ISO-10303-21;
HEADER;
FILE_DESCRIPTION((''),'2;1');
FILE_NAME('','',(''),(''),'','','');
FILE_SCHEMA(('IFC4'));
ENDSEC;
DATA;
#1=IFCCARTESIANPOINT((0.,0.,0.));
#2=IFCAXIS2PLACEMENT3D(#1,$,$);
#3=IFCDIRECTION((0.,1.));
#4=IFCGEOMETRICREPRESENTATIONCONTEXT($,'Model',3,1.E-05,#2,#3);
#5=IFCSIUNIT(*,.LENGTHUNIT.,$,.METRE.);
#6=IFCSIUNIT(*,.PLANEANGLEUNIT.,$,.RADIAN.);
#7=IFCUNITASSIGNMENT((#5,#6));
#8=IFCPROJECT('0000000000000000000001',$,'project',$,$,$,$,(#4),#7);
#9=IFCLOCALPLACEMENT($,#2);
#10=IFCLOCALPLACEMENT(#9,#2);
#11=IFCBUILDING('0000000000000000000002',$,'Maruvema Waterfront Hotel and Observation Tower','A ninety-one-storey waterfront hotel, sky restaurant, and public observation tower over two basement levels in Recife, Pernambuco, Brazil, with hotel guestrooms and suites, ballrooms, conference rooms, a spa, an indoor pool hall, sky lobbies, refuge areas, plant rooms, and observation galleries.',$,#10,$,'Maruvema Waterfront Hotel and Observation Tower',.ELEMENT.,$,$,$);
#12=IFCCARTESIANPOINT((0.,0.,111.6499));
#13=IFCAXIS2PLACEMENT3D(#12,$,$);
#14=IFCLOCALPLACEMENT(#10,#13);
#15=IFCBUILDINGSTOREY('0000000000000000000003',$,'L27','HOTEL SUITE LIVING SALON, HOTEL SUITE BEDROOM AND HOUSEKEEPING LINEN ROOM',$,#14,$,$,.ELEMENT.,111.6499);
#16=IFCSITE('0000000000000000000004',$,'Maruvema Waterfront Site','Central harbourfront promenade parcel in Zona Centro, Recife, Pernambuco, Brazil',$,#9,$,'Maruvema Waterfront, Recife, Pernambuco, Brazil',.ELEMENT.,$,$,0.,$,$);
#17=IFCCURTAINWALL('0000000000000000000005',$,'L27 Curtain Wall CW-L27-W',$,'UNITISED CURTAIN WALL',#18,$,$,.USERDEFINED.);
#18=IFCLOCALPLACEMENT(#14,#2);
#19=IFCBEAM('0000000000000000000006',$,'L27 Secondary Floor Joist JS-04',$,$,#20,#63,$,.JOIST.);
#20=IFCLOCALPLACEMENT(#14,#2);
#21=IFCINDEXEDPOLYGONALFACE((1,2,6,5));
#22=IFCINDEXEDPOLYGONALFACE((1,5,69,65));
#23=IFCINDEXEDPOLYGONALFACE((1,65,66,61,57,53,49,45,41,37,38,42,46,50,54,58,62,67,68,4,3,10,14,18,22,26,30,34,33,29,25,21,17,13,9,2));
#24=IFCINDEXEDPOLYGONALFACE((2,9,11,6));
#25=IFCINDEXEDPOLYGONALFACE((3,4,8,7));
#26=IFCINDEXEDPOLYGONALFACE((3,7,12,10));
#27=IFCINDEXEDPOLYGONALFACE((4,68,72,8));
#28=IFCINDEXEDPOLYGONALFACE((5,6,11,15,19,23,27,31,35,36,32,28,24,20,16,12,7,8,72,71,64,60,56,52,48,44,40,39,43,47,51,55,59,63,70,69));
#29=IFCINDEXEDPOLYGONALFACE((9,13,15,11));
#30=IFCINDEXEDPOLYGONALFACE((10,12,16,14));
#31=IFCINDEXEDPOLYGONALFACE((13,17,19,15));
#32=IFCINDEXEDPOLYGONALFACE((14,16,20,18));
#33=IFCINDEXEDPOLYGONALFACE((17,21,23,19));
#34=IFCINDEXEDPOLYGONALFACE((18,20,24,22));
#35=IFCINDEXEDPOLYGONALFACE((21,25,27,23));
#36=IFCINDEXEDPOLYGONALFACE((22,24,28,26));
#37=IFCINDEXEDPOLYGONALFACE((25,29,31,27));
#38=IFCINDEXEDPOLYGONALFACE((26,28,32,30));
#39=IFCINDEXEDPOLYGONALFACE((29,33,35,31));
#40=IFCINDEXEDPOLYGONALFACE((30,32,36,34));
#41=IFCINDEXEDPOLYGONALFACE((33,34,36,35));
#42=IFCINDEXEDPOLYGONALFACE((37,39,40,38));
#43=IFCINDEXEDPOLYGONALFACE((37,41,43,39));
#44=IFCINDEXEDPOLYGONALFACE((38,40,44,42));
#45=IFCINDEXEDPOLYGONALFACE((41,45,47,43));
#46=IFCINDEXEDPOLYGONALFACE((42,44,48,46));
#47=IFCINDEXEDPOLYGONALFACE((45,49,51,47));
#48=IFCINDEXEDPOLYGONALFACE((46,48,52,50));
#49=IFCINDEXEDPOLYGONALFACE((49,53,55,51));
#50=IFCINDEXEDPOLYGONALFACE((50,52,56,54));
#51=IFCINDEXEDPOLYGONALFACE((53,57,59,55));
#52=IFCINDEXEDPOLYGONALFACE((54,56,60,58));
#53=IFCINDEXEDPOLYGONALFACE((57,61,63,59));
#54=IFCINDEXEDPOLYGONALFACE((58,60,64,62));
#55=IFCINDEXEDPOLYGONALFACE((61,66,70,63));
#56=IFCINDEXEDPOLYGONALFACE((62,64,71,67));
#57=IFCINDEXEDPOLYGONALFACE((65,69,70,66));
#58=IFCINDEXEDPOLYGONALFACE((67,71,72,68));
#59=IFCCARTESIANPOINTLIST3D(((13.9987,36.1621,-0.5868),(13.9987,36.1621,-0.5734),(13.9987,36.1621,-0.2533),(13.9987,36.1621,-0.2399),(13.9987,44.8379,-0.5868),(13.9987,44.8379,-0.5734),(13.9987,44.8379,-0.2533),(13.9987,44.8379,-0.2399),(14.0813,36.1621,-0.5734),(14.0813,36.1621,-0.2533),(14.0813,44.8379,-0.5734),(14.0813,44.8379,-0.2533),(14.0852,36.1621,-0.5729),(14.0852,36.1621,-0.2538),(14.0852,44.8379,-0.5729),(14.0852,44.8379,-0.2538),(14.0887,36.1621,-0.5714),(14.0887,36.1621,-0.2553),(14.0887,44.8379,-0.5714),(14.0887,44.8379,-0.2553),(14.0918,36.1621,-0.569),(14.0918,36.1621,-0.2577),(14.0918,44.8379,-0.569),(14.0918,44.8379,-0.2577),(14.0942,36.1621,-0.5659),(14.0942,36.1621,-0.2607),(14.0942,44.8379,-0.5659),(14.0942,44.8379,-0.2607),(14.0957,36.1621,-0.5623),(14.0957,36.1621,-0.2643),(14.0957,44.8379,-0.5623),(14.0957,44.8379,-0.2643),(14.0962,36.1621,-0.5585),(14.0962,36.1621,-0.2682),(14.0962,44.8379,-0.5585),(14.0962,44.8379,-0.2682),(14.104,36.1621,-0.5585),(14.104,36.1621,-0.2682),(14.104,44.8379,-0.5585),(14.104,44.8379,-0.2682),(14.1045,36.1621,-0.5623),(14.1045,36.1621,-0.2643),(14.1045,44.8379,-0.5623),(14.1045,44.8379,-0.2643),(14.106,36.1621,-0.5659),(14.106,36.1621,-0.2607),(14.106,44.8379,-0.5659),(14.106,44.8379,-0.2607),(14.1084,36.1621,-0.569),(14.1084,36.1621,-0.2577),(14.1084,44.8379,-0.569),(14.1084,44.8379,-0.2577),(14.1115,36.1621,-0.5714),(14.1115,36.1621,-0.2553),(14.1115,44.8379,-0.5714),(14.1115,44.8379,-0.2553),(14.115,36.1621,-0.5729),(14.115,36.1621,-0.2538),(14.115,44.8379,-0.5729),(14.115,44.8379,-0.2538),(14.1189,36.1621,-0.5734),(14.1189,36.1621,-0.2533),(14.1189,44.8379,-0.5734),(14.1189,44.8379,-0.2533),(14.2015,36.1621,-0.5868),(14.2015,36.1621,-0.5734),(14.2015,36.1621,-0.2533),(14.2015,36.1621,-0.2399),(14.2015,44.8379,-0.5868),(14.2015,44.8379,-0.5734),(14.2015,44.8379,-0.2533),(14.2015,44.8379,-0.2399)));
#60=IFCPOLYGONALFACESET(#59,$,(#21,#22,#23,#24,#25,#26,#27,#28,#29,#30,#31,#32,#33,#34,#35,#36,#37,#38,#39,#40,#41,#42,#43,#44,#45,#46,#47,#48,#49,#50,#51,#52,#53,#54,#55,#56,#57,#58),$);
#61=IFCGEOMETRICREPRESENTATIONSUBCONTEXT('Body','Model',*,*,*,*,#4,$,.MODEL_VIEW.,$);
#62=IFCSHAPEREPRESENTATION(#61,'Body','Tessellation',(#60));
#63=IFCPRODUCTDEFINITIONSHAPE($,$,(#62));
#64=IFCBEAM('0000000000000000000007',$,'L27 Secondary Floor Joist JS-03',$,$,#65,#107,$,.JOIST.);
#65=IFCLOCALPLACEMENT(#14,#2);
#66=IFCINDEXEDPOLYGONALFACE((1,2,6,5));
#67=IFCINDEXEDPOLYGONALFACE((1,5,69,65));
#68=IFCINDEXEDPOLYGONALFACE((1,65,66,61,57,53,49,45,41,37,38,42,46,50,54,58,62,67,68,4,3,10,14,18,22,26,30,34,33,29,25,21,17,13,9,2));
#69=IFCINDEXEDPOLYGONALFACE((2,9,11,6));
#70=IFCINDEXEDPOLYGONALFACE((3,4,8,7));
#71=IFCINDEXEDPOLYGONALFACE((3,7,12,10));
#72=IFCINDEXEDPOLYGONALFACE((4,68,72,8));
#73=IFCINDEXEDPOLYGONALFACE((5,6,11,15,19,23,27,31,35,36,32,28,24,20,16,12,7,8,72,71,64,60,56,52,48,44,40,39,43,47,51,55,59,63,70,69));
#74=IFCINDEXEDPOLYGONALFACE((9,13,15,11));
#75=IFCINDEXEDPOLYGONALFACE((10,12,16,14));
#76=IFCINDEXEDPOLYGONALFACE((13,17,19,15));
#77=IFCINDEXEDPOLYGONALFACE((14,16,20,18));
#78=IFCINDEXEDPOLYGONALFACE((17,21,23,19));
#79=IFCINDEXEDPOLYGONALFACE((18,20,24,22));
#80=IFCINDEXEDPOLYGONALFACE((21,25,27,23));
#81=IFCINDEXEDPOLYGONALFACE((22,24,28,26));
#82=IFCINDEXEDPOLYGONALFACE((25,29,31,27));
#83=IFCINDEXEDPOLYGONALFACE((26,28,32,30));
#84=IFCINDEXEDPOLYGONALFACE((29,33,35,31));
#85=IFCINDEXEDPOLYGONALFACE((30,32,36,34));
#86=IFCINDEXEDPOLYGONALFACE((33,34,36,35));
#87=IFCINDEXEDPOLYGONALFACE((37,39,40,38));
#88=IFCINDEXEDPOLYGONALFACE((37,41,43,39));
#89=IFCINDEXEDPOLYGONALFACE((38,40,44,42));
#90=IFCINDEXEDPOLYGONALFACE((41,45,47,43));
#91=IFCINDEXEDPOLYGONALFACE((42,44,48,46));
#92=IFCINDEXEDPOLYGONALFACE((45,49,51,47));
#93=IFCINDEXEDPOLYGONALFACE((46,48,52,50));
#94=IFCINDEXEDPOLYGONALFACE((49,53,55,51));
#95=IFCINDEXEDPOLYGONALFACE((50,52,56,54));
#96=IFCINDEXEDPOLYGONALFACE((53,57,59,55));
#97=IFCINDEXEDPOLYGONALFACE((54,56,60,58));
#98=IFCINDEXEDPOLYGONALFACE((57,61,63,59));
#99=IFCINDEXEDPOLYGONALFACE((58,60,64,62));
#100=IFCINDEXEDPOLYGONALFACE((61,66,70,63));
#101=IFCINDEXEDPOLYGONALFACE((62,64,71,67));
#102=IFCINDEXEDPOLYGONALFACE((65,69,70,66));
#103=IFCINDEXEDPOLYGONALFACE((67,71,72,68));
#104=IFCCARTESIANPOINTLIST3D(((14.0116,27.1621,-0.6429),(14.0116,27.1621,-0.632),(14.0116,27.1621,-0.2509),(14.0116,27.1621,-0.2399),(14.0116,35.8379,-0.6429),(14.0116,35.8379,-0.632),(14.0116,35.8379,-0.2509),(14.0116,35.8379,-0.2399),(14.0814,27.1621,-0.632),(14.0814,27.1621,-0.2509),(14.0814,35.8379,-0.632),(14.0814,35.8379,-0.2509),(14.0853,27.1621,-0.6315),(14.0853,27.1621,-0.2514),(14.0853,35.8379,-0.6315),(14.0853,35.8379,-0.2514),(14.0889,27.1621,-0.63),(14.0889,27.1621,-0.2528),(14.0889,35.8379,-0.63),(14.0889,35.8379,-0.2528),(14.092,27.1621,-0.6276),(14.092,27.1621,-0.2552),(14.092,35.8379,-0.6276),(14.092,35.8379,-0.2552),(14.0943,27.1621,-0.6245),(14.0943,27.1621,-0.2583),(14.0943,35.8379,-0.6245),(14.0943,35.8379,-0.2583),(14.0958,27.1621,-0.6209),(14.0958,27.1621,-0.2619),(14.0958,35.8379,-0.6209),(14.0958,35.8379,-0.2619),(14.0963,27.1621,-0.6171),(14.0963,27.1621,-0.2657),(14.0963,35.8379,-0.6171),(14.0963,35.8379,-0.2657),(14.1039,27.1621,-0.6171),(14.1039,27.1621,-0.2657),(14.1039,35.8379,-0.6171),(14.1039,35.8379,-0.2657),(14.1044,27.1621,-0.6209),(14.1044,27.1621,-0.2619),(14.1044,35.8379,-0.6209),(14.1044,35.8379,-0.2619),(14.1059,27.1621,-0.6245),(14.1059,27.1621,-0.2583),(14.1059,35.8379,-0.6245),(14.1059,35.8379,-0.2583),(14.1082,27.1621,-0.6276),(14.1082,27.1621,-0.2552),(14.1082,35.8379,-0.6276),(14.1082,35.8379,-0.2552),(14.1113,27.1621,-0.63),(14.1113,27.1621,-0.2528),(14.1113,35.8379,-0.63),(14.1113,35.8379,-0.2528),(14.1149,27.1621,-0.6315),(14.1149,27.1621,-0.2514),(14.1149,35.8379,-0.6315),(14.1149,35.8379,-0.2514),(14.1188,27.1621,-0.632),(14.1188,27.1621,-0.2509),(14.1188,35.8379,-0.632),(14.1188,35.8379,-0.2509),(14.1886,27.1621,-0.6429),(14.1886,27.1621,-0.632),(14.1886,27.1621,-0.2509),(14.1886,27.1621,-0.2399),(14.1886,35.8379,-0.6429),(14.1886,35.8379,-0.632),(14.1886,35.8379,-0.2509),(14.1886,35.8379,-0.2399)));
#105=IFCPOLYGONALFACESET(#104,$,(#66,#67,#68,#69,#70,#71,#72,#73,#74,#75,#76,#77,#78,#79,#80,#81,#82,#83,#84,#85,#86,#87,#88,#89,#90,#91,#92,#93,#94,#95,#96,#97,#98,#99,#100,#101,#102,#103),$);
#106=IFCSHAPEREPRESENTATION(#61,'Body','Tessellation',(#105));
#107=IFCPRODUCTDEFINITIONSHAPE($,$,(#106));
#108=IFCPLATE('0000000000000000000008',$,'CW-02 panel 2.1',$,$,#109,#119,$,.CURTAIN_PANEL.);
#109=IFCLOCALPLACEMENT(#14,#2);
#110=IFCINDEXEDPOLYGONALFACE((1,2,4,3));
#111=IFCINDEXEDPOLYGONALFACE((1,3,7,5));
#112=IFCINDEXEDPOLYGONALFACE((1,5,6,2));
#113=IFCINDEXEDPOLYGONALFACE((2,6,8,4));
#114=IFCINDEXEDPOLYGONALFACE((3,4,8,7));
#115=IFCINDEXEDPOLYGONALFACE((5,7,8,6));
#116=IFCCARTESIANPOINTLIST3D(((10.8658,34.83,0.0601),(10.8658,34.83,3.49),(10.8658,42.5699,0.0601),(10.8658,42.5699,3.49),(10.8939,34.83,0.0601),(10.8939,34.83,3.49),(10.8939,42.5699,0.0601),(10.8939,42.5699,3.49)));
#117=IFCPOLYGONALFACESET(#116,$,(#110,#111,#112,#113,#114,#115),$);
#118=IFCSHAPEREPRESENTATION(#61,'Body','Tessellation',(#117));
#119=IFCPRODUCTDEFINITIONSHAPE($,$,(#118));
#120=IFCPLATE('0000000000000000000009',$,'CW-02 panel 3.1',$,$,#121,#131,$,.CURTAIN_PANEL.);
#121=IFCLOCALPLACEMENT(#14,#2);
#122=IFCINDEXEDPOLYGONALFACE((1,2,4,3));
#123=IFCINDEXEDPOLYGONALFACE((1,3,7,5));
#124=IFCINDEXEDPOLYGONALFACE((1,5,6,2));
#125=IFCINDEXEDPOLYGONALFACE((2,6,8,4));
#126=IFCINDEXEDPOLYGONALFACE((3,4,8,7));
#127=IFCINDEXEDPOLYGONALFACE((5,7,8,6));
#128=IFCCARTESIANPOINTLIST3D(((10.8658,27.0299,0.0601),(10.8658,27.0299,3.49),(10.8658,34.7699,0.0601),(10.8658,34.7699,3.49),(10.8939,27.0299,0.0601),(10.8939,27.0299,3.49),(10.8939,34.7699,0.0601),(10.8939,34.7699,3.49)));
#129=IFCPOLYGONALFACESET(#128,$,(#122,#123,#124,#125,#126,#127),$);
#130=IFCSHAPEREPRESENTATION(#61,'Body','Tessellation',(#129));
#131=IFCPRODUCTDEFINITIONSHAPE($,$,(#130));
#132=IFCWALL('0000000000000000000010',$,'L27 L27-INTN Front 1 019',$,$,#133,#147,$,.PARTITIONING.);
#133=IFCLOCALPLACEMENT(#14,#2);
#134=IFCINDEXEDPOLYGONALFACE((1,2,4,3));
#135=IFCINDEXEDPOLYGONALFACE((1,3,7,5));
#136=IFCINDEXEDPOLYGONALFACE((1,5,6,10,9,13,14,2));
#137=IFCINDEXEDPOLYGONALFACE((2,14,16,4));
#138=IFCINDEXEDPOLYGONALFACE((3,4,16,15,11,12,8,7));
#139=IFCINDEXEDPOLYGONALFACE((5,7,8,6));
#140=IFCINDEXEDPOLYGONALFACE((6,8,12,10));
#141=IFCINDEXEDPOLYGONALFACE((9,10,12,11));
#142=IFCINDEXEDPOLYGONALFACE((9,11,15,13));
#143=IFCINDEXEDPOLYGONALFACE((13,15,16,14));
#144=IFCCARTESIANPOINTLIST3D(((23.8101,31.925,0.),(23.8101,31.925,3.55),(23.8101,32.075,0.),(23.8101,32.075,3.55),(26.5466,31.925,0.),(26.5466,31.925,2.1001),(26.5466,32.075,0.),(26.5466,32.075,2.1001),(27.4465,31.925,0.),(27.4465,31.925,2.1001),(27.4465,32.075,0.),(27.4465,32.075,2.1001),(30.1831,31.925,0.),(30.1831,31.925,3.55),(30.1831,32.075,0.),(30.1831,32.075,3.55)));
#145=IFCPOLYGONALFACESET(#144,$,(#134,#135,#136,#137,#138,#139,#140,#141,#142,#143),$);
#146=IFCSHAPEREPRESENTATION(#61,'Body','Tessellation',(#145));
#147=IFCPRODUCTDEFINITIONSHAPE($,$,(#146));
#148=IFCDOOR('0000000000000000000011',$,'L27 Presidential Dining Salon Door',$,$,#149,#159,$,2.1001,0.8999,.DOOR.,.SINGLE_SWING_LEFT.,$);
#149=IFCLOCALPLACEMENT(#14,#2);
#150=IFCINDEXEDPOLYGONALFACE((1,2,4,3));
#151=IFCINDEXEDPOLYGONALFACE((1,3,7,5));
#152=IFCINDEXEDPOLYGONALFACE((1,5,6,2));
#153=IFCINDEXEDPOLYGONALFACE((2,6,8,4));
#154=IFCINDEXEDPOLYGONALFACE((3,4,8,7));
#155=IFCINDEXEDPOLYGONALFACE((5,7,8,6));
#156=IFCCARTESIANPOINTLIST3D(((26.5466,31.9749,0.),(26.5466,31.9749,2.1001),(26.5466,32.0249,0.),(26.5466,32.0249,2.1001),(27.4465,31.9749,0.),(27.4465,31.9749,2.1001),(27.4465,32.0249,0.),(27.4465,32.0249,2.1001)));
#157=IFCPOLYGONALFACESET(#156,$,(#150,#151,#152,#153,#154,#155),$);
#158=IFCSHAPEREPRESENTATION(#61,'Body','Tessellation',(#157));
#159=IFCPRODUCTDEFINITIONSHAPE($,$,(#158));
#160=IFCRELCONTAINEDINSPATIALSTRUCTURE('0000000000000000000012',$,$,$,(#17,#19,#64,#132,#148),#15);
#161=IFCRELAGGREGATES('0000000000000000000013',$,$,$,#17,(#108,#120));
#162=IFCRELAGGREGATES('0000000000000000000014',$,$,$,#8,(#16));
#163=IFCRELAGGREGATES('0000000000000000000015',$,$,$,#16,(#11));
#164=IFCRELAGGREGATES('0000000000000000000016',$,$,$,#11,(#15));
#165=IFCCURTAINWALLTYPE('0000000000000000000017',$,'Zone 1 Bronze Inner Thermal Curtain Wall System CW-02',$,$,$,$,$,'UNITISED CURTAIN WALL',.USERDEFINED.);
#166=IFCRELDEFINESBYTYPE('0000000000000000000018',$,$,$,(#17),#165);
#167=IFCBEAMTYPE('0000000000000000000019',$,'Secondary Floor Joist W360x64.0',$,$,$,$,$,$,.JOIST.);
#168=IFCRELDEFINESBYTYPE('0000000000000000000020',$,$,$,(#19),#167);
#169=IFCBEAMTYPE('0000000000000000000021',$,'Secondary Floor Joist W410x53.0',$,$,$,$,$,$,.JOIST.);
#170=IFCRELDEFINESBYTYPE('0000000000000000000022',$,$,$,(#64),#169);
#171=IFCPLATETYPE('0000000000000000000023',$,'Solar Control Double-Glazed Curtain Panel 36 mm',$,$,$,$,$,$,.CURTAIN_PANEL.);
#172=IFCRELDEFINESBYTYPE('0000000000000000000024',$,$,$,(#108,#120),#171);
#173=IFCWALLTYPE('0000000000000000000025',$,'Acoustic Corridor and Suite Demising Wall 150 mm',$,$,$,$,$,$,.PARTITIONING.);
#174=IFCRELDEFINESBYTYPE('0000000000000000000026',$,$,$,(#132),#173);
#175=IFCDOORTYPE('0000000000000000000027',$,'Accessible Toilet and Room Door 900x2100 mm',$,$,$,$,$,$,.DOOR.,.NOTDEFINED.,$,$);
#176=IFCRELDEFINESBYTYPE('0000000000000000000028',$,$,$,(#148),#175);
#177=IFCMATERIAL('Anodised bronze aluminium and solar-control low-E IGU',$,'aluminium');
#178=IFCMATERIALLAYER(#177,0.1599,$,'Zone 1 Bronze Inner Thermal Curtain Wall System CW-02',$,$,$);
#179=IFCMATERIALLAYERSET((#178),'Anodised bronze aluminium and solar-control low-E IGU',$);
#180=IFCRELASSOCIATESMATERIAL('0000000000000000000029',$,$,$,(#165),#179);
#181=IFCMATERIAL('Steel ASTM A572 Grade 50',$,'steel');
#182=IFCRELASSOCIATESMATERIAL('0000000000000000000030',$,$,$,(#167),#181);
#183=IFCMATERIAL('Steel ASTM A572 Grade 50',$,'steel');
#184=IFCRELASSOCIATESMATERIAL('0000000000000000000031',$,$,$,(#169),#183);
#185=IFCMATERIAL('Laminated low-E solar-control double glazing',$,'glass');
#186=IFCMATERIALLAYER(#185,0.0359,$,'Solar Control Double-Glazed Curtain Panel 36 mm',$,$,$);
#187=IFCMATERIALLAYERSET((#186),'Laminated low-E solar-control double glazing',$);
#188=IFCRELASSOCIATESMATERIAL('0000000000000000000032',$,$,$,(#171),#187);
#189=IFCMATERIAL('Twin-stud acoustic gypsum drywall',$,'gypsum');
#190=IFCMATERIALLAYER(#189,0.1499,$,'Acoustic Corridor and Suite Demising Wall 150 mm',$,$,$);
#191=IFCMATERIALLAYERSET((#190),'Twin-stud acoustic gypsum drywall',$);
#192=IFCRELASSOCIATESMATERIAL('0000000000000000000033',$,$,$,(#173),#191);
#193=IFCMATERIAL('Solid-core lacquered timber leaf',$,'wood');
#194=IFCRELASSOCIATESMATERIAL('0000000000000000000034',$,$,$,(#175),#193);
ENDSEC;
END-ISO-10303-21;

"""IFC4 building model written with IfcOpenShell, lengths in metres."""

from ifc_helpers import new_model, si_unit, direction, frame, frame_2d, origin, origin_2d, place, context, subcontext, project, spatial, rectangle, i_section, extrude, material, layer, layer_set, material_profile, profile_set, type_object, element, fill, aggregate, save


model = new_model("IFC4")

# Units and contexts
model_context = context("Model", 3, precision=1e-05, world=origin(), true_north=direction((0.0, 1.0)))
body_context = subcontext(model_context, "Body", "Model", "MODEL_VIEW")
ifc_project = project(units=[si_unit("LENGTHUNIT", "METRE"), si_unit("PLANEANGLEUNIT", "RADIAN")], contexts=[model_context])

# Site, building, storey
site_placement = place(None, origin())
site = spatial("IfcSite", under=ifc_project, at=site_placement, Name="Maruvema Waterfront Site", Description="Central harbourfront promenade parcel in Zona Centro, Recife, Pernambuco, Brazil", LongName="Maruvema Waterfront, Recife, Pernambuco, Brazil", CompositionType="ELEMENT", RefElevation=0.0)
building_placement = place(site_placement, origin())
building = spatial("IfcBuilding", under=site, at=building_placement, Name="Maruvema Waterfront Hotel and Observation Tower", Description="A ninety-one-storey waterfront hotel, sky restaurant, and public observation tower over two basement levels in Recife, Pernambuco, Brazil, with hotel guestrooms and suites, ballrooms, conference rooms, a spa, an indoor pool hall, sky lobbies, refuge areas, plant rooms, and observation galleries.", LongName="Maruvema Waterfront Hotel and Observation Tower", CompositionType="ELEMENT")
storey_placement = place(building_placement, frame((0.0, 0.0, 111.6499)))
storey = spatial("IfcBuildingStorey", under=building, at=storey_placement, Name="L27", Description="HOTEL SUITE LIVING SALON, HOTEL SUITE BEDROOM AND HOUSEKEEPING LINEN ROOM", CompositionType="ELEMENT", Elevation=111.6499)

# Curtain wall
ifc_material_1 = material(Name="Anodised bronze aluminium and solar-control low-E IGU", Category="aluminium")
ifc_layer_1 = layer(ifc_material_1, 0.1599, Name="Zone 1 Bronze Inner Thermal Curtain Wall System CW-02")
ifc_layer_set_1 = layer_set([ifc_layer_1], Name="Anodised bronze aluminium and solar-control low-E IGU")
curtain_wall_type = type_object("IfcCurtainWallType", Name="Zone 1 Bronze Inner Thermal Curtain Wall System CW-02", ElementType="UNITISED CURTAIN WALL", PredefinedType="USERDEFINED", material=ifc_layer_set_1)
curtain_wall_placement = place(storey_placement, origin())
curtain_wall = element("IfcCurtainWall", 1, at=curtain_wall_placement, inside=storey, type_object=curtain_wall_type, Name="L27 Curtain Wall CW-L27-W", ObjectType="UNITISED CURTAIN WALL", PredefinedType="USERDEFINED")

# Beams
ifc_material_2 = material(Name="Steel ASTM A572 Grade 50", Category="steel")
ifc_material_profile_1 = material_profile(ifc_material_2, i_section(OverallWidth=0.2029, OverallDepth=0.3469, WebThickness=0.0078, FlangeThickness=0.0134, FilletRadius=0.0149, at=origin_2d()), Name="W360x64.0")
ifc_profile_set_1 = profile_set([ifc_material_profile_1], Name="Steel ASTM A572 Grade 50")
beam_type_1 = type_object("IfcBeamType", Name="Secondary Floor Joist W360x64.0", PredefinedType="JOIST", material=ifc_profile_set_1)
beam_1_placement = place(storey_placement, frame((14.1001, 36.1621, -0.4133), z_axis=(0.0, 1.0, 0.0), x_axis=(-1.0, 0.0, 0.0)))
element("IfcBeam", 2, at=beam_1_placement, inside=storey, type_object=beam_type_1, Name="L27 Secondary Floor Joist JS-04", PredefinedType="JOIST", context=body_context, shape_type="SweptSolid", body=[
    extrude(i_section(OverallWidth=0.2029, OverallDepth=0.3469, WebThickness=0.0078, FlangeThickness=0.0134, FilletRadius=0.0149, at=origin_2d()), origin(), (0.0, 0.0, 1.0), 8.6758),
])
ifc_material_3 = material(Name="Steel ASTM A572 Grade 50", Category="steel")
ifc_material_profile_2 = material_profile(ifc_material_3, i_section(OverallWidth=0.177, OverallDepth=0.4031, WebThickness=0.0076, FlangeThickness=0.011, FilletRadius=0.0149, at=origin_2d()), Name="W410x53.0")
ifc_profile_set_2 = profile_set([ifc_material_profile_2], Name="Steel ASTM A572 Grade 50")
beam_type_2 = type_object("IfcBeamType", Name="Secondary Floor Joist W410x53.0", PredefinedType="JOIST", material=ifc_profile_set_2)
beam_2_placement = place(storey_placement, frame((14.1001, 27.1621, -0.4414), z_axis=(0.0, 1.0, 0.0), x_axis=(-1.0, 0.0, 0.0)))
element("IfcBeam", 3, at=beam_2_placement, inside=storey, type_object=beam_type_2, Name="L27 Secondary Floor Joist JS-03", PredefinedType="JOIST", context=body_context, shape_type="SweptSolid", body=[
    extrude(i_section(OverallWidth=0.177, OverallDepth=0.4031, WebThickness=0.0076, FlangeThickness=0.011, FilletRadius=0.0149, at=origin_2d()), origin(), (0.0, 0.0, 1.0), 8.6758),
])

# Plates
ifc_material_4 = material(Name="Laminated low-E solar-control double glazing", Category="glass")
ifc_layer_2 = layer(ifc_material_4, 0.0359, Name="Solar Control Double-Glazed Curtain Panel 36 mm")
ifc_layer_set_2 = layer_set([ifc_layer_2], Name="Laminated low-E solar-control double glazing")
plate_type = type_object("IfcPlateType", Name="Solar Control Double-Glazed Curtain Panel 36 mm", PredefinedType="CURTAIN_PANEL", material=ifc_layer_set_2)
plate_1_placement = place(storey_placement, frame((10.8799, 38.7, 0.0601), z_axis=(0.0, 0.0, 1.0), x_axis=(0.0, -1.0, 0.0)))
plate_1 = element("IfcPlate", 4, at=plate_1_placement, type_object=plate_type, Name="CW-02 panel 2.1", PredefinedType="CURTAIN_PANEL", context=body_context, shape_type="SweptSolid", body=[
    extrude(rectangle(XDim=7.74, YDim=0.0281, at=origin_2d()), origin(), (0.0, 0.0, 1.0), 3.4299),
])
plate_2_placement = place(storey_placement, frame((10.8799, 30.8999, 0.0601), z_axis=(0.0, 0.0, 1.0), x_axis=(0.0, -1.0, 0.0)))
plate_2 = element("IfcPlate", 5, at=plate_2_placement, type_object=plate_type, Name="CW-02 panel 3.1", PredefinedType="CURTAIN_PANEL", context=body_context, shape_type="SweptSolid", body=[
    extrude(rectangle(XDim=7.74, YDim=0.0281, at=origin_2d()), origin(), (0.0, 0.0, 1.0), 3.4299),
])
aggregate(curtain_wall, [plate_1, plate_2])

# Wall, opening, door
ifc_material_5 = material(Name="Twin-stud acoustic gypsum drywall", Category="gypsum")
ifc_layer_3 = layer(ifc_material_5, 0.1499, Name="Acoustic Corridor and Suite Demising Wall 150 mm")
ifc_layer_set_3 = layer_set([ifc_layer_3], Name="Twin-stud acoustic gypsum drywall")
wall_type_1 = type_object("IfcWallType", Name="Acoustic Corridor and Suite Demising Wall 150 mm", PredefinedType="PARTITIONING", material=ifc_layer_set_3)
wall_1_placement = place(storey_placement, frame((23.8101, 32.0, 0.0), z_axis=(0.0, 0.0, 1.0), x_axis=(1.0, 0.0, 0.0)))
wall_1 = element("IfcWall", 6, at=wall_1_placement, inside=storey, type_object=wall_type_1, Name="L27 L27-INTN Front 1 019", PredefinedType="PARTITIONING", context=body_context, shape_type="SweptSolid", body=[
    extrude(rectangle(XDim=6.373, YDim=0.1499, at=frame_2d((3.1865, 0.0))), origin(), (0.0, 0.0, 1.0), 3.55),
])
opening_1_placement = place(wall_1_placement, frame((2.7366, 0.0, 0.0)))
opening_1 = element("IfcOpeningElement", 7, at=opening_1_placement, cuts=wall_1, PredefinedType="OPENING", context=body_context, shape_type="SweptSolid", body=[
    extrude(rectangle(XDim=0.8999, YDim=2.1001, at=frame_2d((0.45, 1.05))), frame((0.0, 0.085, 0.0), z_axis=(0.0, -1.0, 0.0), x_axis=(1.0, 0.0, 0.0)), (0.0, 0.0, 1.0), 0.1699),
])
ifc_material_6 = material(Name="Solid-core lacquered timber leaf", Category="wood")
door_type_1 = type_object("IfcDoorType", Name="Accessible Toilet and Room Door 900x2100 mm", OperationType="NOTDEFINED", PredefinedType="DOOR", material=ifc_material_6)
door_1_placement = place(opening_1_placement, origin())
door_1 = element("IfcDoor", 8, at=door_1_placement, inside=storey, type_object=door_type_1, Name="L27 Presidential Dining Salon Door", OperationType="SINGLE_SWING_LEFT", OverallHeight=2.1001, OverallWidth=0.8999, PredefinedType="DOOR", context=body_context, shape_type="SweptSolid", body=[
    extrude(rectangle(XDim=0.8999, YDim=2.1001, at=frame_2d((0.45, 1.05))), frame((0.0, 0.0249, 0.0), z_axis=(0.0, -1.0, 0.0), x_axis=(1.0, 0.0, 0.0)), (0.0, 0.0, 1.0), 0.05),
])
fill(opening_1, door_1)

save(model, "model.ifc")
